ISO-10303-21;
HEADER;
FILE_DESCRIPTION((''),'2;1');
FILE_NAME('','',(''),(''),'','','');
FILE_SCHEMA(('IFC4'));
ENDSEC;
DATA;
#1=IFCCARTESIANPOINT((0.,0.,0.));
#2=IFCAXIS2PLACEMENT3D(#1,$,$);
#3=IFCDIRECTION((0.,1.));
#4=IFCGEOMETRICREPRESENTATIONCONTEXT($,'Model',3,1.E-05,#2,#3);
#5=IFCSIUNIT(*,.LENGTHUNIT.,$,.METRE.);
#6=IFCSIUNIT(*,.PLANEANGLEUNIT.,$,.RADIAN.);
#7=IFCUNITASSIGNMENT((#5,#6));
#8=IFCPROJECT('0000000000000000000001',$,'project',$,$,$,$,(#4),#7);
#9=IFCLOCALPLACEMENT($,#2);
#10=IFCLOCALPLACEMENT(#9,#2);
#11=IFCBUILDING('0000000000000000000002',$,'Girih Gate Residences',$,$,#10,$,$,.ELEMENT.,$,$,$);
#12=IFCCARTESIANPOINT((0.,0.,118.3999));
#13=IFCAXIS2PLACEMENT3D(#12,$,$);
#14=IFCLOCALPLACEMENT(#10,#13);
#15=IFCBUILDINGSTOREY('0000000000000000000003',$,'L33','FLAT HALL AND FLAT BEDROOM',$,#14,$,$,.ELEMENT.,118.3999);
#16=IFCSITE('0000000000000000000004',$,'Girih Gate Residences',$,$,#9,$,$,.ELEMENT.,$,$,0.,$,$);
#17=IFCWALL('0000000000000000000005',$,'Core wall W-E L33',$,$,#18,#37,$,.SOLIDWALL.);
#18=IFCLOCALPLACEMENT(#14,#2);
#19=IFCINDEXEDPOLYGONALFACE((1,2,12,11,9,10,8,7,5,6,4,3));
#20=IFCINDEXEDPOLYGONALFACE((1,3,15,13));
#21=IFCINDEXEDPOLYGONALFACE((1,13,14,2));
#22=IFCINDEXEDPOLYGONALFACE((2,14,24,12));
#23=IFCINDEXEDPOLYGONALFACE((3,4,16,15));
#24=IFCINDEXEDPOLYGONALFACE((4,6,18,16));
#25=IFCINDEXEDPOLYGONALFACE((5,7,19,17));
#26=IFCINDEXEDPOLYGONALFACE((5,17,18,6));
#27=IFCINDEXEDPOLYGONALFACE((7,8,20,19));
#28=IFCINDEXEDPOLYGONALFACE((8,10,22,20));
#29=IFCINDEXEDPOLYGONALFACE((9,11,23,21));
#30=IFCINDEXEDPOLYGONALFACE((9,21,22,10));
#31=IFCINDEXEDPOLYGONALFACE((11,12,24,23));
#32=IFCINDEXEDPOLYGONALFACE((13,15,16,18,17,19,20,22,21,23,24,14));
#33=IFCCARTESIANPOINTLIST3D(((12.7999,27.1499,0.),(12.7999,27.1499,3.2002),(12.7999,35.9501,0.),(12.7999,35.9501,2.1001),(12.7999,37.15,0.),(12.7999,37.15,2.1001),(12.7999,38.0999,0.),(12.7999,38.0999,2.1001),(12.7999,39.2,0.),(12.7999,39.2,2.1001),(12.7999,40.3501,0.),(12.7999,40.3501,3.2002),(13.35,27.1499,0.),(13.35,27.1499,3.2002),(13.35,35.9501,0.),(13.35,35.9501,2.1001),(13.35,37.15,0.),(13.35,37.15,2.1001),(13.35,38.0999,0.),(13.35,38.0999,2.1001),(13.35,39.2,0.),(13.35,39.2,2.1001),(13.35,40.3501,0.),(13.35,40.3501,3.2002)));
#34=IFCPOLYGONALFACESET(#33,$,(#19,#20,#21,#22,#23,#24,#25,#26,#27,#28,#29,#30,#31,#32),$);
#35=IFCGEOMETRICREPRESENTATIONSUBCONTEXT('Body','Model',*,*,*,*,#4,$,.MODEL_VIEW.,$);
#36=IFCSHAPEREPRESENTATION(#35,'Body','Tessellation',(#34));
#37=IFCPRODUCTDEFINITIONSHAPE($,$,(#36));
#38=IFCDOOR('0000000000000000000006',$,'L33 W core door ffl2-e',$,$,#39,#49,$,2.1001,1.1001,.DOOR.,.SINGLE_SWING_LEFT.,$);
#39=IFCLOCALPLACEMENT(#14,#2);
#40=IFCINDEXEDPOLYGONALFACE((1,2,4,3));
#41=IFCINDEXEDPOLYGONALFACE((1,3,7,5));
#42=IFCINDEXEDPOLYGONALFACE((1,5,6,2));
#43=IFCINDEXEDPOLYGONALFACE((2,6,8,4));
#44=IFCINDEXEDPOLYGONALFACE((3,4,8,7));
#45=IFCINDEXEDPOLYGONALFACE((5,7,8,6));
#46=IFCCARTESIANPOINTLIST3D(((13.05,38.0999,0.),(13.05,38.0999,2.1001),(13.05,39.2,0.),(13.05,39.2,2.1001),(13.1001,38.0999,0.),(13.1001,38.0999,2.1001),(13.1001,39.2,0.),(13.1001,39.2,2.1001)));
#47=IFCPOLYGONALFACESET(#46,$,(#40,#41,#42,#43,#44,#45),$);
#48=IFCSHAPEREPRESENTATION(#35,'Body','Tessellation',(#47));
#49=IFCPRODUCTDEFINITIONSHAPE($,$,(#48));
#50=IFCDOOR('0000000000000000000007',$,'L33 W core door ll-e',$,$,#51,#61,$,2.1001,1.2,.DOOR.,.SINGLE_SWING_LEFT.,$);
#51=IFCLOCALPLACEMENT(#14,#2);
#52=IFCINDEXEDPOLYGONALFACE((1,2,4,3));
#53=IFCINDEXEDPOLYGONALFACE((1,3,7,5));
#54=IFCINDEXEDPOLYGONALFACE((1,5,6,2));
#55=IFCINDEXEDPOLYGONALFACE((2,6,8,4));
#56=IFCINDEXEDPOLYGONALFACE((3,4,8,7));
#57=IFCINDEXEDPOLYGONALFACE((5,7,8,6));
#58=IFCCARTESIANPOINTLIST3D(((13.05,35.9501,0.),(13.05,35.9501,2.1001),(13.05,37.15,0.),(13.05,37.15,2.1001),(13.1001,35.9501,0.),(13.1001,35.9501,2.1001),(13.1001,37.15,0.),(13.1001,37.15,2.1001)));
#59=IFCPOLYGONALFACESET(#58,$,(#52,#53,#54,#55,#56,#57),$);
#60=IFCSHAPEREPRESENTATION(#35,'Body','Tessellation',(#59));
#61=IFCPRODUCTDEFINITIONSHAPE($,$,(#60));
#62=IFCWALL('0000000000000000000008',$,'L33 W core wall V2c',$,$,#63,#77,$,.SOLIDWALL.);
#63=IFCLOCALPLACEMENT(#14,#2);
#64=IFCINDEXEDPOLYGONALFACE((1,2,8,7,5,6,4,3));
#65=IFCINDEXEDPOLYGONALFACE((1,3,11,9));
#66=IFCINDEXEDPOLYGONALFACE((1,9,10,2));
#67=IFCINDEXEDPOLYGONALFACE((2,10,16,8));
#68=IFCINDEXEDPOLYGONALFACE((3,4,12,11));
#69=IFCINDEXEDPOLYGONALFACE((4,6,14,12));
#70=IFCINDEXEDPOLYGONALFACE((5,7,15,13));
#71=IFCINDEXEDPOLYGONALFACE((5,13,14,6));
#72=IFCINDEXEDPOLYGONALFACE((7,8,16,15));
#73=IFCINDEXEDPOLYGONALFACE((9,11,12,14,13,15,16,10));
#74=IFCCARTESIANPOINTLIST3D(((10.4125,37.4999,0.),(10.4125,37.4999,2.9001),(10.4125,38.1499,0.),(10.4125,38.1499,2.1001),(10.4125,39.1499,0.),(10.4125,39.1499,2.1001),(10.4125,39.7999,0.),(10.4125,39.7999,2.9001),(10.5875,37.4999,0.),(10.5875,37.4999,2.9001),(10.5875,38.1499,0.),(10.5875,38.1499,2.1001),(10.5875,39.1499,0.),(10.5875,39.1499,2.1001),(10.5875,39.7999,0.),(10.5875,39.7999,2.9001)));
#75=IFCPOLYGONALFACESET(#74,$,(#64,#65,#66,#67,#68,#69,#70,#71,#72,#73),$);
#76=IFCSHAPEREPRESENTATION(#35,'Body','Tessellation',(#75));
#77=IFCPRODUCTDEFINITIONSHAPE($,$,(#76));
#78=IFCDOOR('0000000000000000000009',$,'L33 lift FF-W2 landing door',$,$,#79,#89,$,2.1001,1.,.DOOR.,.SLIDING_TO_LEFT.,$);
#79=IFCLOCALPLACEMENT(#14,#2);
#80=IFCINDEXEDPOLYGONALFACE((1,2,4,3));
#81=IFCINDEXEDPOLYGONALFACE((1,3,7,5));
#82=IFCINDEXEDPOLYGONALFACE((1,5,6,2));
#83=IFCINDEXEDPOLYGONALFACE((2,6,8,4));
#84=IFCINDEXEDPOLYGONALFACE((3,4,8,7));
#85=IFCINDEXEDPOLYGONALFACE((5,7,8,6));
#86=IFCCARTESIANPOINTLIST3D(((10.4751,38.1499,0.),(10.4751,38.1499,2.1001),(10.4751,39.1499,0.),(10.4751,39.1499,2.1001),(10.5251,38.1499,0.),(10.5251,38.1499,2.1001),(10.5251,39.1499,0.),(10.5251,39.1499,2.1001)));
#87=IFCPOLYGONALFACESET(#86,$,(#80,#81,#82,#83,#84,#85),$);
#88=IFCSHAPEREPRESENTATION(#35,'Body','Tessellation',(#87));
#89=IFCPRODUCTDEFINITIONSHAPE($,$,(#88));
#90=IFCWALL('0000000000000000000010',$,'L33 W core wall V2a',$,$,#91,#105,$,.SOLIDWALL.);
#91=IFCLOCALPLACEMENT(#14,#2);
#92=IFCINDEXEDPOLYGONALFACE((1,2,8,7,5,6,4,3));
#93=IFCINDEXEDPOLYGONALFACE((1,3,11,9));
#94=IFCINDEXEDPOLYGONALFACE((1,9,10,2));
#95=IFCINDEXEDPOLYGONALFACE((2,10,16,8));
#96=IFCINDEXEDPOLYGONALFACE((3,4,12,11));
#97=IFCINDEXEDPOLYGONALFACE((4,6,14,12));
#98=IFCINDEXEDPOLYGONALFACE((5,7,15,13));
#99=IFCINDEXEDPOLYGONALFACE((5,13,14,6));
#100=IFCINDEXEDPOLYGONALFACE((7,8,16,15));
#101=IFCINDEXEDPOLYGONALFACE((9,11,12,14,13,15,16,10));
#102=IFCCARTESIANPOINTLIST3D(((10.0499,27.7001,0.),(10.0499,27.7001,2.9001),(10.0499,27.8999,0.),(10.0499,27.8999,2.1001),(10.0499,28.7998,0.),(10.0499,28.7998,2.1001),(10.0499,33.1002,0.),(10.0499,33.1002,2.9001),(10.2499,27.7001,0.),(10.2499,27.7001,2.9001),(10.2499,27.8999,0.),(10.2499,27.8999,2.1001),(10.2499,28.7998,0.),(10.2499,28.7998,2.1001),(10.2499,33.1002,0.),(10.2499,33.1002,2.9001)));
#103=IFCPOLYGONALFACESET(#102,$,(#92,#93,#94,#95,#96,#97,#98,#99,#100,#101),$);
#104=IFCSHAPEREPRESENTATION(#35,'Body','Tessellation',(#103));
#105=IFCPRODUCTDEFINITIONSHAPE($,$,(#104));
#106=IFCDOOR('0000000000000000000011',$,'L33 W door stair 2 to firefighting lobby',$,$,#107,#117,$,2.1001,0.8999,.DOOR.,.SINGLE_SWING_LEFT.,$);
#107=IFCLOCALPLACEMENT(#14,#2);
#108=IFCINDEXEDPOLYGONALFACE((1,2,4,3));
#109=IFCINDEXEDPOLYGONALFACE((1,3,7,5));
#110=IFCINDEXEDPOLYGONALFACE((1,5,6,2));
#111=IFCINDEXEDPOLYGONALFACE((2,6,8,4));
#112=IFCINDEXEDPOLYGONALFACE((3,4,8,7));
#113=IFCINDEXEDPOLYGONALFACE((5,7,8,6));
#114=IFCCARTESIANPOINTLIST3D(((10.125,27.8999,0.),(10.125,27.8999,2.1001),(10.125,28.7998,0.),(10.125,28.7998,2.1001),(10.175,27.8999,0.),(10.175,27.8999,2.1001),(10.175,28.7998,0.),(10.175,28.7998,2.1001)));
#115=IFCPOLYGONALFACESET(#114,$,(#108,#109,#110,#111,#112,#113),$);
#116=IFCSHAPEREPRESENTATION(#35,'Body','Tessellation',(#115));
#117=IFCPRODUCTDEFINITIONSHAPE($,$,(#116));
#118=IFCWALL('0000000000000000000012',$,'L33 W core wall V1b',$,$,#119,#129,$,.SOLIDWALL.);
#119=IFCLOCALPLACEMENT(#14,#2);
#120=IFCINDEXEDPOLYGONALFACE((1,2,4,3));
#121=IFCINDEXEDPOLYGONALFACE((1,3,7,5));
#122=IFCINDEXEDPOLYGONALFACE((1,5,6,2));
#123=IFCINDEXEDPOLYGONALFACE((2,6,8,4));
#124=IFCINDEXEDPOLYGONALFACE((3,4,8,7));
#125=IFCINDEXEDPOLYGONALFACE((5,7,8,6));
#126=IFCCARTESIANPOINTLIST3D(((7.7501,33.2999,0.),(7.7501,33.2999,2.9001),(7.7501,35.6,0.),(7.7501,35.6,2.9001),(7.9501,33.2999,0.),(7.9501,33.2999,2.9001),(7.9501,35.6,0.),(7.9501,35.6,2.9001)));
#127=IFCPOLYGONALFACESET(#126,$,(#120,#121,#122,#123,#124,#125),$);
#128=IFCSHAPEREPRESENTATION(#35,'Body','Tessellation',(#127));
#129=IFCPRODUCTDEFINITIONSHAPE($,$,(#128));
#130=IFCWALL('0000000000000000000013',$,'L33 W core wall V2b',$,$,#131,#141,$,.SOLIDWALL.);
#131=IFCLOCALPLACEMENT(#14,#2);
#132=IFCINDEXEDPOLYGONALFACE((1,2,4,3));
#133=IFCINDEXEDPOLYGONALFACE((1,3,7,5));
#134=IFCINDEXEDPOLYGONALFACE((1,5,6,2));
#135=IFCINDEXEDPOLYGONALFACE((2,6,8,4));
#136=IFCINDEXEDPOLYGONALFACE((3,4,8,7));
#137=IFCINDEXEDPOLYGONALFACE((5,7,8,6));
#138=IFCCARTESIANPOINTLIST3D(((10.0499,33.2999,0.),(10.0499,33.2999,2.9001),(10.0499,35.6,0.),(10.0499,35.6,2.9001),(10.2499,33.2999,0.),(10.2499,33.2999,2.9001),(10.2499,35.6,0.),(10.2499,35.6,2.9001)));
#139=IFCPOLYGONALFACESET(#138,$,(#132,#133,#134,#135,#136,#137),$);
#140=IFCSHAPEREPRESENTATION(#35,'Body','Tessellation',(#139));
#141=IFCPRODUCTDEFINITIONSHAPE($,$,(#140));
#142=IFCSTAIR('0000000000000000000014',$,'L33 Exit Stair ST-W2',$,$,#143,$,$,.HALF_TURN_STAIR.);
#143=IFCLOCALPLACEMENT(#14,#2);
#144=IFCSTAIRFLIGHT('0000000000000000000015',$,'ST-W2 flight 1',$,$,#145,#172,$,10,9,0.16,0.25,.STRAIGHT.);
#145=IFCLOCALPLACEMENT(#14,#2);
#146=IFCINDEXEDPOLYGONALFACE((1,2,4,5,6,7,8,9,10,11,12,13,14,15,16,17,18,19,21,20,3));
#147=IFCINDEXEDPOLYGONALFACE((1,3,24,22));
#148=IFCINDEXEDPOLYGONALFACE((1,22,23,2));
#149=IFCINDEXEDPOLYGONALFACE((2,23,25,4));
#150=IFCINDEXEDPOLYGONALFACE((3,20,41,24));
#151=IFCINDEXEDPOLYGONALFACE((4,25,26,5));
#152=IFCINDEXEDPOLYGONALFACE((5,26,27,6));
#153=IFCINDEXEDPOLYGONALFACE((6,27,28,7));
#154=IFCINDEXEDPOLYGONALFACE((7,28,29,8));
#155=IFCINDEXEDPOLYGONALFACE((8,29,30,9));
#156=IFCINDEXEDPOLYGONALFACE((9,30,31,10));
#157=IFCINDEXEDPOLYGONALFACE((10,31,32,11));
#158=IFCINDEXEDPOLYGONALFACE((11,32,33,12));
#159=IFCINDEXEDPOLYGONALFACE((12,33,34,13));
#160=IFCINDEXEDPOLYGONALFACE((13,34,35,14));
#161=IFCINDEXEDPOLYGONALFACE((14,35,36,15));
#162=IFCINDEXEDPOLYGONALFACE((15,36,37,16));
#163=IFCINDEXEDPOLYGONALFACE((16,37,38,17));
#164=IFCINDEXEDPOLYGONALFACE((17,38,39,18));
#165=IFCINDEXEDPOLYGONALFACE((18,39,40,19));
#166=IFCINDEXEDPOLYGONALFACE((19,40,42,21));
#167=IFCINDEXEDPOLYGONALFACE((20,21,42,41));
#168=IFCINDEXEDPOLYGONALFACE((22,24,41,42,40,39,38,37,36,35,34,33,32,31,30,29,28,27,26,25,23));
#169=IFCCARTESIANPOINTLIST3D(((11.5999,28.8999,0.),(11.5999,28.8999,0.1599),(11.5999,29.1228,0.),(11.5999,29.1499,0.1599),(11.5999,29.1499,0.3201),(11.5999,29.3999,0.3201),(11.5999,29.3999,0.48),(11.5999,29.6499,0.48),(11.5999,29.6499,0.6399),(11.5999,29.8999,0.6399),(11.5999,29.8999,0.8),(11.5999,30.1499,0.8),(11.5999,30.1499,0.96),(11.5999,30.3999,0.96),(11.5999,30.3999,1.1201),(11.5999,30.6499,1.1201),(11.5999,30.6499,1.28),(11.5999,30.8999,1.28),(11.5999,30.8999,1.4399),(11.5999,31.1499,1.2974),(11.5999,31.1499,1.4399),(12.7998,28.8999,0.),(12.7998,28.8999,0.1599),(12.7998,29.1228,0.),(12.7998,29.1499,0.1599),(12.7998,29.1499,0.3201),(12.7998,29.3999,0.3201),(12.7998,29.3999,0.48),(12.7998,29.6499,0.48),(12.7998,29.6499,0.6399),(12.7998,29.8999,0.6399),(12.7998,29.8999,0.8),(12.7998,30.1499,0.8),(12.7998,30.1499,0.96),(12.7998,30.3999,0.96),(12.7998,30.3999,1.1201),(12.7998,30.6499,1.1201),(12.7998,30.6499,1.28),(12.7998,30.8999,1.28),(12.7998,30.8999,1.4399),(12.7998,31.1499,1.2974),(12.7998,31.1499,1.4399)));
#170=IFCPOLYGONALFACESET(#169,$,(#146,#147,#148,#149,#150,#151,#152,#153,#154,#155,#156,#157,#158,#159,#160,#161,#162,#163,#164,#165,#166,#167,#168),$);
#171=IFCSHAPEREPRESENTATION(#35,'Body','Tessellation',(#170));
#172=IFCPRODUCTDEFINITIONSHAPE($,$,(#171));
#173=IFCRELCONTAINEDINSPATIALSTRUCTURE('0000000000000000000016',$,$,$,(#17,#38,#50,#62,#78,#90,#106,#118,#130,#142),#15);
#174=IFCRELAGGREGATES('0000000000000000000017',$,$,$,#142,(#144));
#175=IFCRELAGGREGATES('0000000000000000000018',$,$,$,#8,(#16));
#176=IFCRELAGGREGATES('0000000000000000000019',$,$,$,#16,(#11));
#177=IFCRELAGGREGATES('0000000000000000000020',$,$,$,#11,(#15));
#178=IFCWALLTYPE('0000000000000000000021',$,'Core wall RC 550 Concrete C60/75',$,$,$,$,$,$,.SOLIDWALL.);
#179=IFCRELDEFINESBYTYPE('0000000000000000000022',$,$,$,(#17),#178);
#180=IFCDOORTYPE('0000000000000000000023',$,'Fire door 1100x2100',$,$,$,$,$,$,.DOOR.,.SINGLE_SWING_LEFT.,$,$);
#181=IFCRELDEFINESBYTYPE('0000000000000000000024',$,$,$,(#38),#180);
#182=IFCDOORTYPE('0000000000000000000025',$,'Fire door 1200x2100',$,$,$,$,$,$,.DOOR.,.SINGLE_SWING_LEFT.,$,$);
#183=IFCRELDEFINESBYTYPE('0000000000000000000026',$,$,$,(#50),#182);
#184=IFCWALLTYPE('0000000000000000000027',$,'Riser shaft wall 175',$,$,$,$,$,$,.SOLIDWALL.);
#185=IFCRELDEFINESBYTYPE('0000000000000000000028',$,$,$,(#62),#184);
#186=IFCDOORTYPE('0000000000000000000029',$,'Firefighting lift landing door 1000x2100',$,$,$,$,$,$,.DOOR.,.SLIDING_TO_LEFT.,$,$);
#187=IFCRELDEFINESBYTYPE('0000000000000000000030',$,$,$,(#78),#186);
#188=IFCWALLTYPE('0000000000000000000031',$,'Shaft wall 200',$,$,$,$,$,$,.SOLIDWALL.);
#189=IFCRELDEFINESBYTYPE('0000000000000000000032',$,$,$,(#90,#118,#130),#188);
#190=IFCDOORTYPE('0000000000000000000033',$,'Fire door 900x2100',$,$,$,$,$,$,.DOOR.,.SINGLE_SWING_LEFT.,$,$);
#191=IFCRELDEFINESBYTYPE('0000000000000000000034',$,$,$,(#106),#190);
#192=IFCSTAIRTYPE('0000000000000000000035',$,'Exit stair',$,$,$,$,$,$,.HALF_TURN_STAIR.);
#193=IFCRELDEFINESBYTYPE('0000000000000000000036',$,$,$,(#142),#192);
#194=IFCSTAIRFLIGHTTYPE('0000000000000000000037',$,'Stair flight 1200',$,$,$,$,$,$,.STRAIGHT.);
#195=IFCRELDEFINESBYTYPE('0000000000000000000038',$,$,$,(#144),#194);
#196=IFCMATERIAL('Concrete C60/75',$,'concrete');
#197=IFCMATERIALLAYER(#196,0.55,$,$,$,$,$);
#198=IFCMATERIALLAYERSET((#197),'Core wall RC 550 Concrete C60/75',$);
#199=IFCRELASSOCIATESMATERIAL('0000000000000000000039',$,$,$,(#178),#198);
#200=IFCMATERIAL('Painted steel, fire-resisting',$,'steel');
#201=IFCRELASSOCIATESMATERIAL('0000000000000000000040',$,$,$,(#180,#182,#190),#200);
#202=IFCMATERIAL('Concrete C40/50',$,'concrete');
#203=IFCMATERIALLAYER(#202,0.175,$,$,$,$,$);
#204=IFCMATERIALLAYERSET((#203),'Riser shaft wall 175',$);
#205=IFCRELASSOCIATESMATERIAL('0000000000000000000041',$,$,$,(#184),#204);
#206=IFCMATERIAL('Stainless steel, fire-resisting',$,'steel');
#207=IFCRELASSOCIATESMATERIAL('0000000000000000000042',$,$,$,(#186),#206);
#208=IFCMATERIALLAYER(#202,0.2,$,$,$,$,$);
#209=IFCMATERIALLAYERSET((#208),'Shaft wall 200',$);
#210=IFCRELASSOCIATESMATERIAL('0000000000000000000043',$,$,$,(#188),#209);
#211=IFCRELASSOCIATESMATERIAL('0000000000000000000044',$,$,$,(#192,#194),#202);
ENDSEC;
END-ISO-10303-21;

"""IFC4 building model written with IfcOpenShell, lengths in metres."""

from ifc_helpers import new_model, si_unit, direction, frame, frame_2d, origin, place, context, subcontext, project, spatial, polyline, rectangle, outline, extrude, material, layer, layer_set, type_object, element, fill, aggregate, save


model = new_model("IFC4")

# Units and contexts
model_context = context("Model", 3, precision=1e-05, world=origin(), true_north=direction((0.0, 1.0)))
body_context = subcontext(model_context, "Body", "Model", "MODEL_VIEW")
ifc_project = project(units=[si_unit("LENGTHUNIT", "METRE"), si_unit("PLANEANGLEUNIT", "RADIAN")], contexts=[model_context])

# Site, building, storey
site_placement = place(None, origin())
site = spatial("IfcSite", under=ifc_project, at=site_placement, Name="Girih Gate Residences", CompositionType="ELEMENT", RefElevation=0.0)
building_placement = place(site_placement, origin())
building = spatial("IfcBuilding", under=site, at=building_placement, Name="Girih Gate Residences", CompositionType="ELEMENT")
storey_placement = place(building_placement, frame((0.0, 0.0, 118.3999)))
storey = spatial("IfcBuildingStorey", under=building, at=storey_placement, Name="L33", Description="FLAT HALL AND FLAT BEDROOM", CompositionType="ELEMENT", Elevation=118.3999)

# Shared definitions
ifc_material_1 = material(Name="Concrete C60/75", Category="concrete")

# Wall, openings, doors
ifc_layer_1 = layer(ifc_material_1, 0.55)
ifc_layer_set_1 = layer_set([ifc_layer_1], Name="Core wall RC 550 Concrete C60/75")
wall_type_1 = type_object("IfcWallType", Name="Core wall RC 550 Concrete C60/75", PredefinedType="SOLIDWALL", material=ifc_layer_set_1)
wall_1_placement = place(storey_placement, frame((13.075, 27.1499, 0.0), z_axis=(0.0, 0.0, 1.0), x_axis=(0.0, 1.0, 0.0)))
wall_1 = element("IfcWall", 1, at=wall_1_placement, inside=storey, type_object=wall_type_1, Name="Core wall W-E L33", PredefinedType="SOLIDWALL", context=body_context, shape_type="SweptSolid", body=[
    extrude(rectangle(XDim=13.2002, YDim=0.55, at=frame_2d((6.6001, 0.0))), origin(), (0.0, 0.0, 1.0), 3.2002),
])
opening_1_placement = place(wall_1_placement, frame((10.95, 0.0, 0.0)))
opening_1 = element("IfcOpeningElement", 2, at=opening_1_placement, cuts=wall_1, PredefinedType="OPENING", context=body_context, shape_type="SweptSolid", body=[
    extrude(rectangle(XDim=1.1001, YDim=2.1001, at=frame_2d((0.55, 1.05))), frame((0.0, 0.2849, 0.0), z_axis=(0.0, -1.0, 0.0), x_axis=(1.0, 0.0, 0.0)), (0.0, 0.0, 1.0), 0.5701),
])
opening_2_placement = place(wall_1_placement, frame((8.8, 0.0, 0.0)))
opening_2 = element("IfcOpeningElement", 3, at=opening_2_placement, cuts=wall_1, PredefinedType="OPENING", context=body_context, shape_type="SweptSolid", body=[
    extrude(rectangle(XDim=1.2, YDim=2.1001, at=frame_2d((0.6001, 1.05))), frame((0.0, 0.2849, 0.0), z_axis=(0.0, -1.0, 0.0), x_axis=(1.0, 0.0, 0.0)), (0.0, 0.0, 1.0), 0.5701),
])
ifc_material_2 = material(Name="Painted steel, fire-resisting", Category="steel")
door_type_1 = type_object("IfcDoorType", Name="Fire door 1100x2100", OperationType="SINGLE_SWING_LEFT", PredefinedType="DOOR", material=ifc_material_2)
door_1_placement = place(opening_1_placement, origin())
door_1 = element("IfcDoor", 4, at=door_1_placement, inside=storey, type_object=door_type_1, Name="L33 W core door ffl2-e", OperationType="SINGLE_SWING_LEFT", OverallHeight=2.1001, OverallWidth=1.1001, PredefinedType="DOOR", context=body_context, shape_type="SweptSolid", body=[
    extrude(rectangle(XDim=1.1001, YDim=2.1001, at=frame_2d((0.55, 1.05))), frame((0.0, 0.0249, 0.0), z_axis=(0.0, -1.0, 0.0), x_axis=(1.0, 0.0, 0.0)), (0.0, 0.0, 1.0), 0.05),
])
fill(opening_1, door_1)
door_type_2 = type_object("IfcDoorType", Name="Fire door 1200x2100", OperationType="SINGLE_SWING_LEFT", PredefinedType="DOOR", material=ifc_material_2)
door_2_placement = place(opening_2_placement, origin())
door_2 = element("IfcDoor", 5, at=door_2_placement, inside=storey, type_object=door_type_2, Name="L33 W core door ll-e", OperationType="SINGLE_SWING_LEFT", OverallHeight=2.1001, OverallWidth=1.2, PredefinedType="DOOR", context=body_context, shape_type="SweptSolid", body=[
    extrude(rectangle(XDim=1.2, YDim=2.1001, at=frame_2d((0.6001, 1.05))), frame((0.0, 0.0249, 0.0), z_axis=(0.0, -1.0, 0.0), x_axis=(1.0, 0.0, 0.0)), (0.0, 0.0, 1.0), 0.05),
])
fill(opening_2, door_2)

# Walls, openings, doors
ifc_material_3 = material(Name="Concrete C40/50", Category="concrete")
ifc_layer_2 = layer(ifc_material_3, 0.175)
ifc_layer_set_2 = layer_set([ifc_layer_2], Name="Riser shaft wall 175")
wall_type_2 = type_object("IfcWallType", Name="Riser shaft wall 175", PredefinedType="SOLIDWALL", material=ifc_layer_set_2)
wall_2_placement = place(storey_placement, frame((10.5, 37.5, 0.0), z_axis=(0.0, 0.0, 1.0), x_axis=(0.0, 1.0, 0.0)))
wall_2 = element("IfcWall", 6, at=wall_2_placement, inside=storey, type_object=wall_type_2, Name="L33 W core wall V2c", PredefinedType="SOLIDWALL", context=body_context, shape_type="SweptSolid", body=[
    extrude(rectangle(XDim=2.3, YDim=0.175, at=frame_2d((1.1499, 0.0))), origin(), (0.0, 0.0, 1.0), 2.9001),
])
opening_3_placement = place(wall_2_placement, frame((0.6499, 0.0, 0.0)))
opening_3 = element("IfcOpeningElement", 7, at=opening_3_placement, cuts=wall_2, PredefinedType="OPENING", context=body_context, shape_type="SweptSolid", body=[
    extrude(rectangle(XDim=1.0, YDim=2.1001, at=frame_2d((0.5, 1.05))), frame((0.0, 0.0974, 0.0), z_axis=(0.0, -1.0, 0.0), x_axis=(1.0, 0.0, 0.0)), (0.0, 0.0, 1.0), 0.1951),
])
ifc_material_4 = material(Name="Stainless steel, fire-resisting", Category="steel")
door_type_3 = type_object("IfcDoorType", Name="Firefighting lift landing door 1000x2100", OperationType="SLIDING_TO_LEFT", PredefinedType="DOOR", material=ifc_material_4)
door_3_placement = place(opening_3_placement, origin())
door_3 = element("IfcDoor", 8, at=door_3_placement, inside=storey, type_object=door_type_3, Name="L33 lift FF-W2 landing door", OperationType="SLIDING_TO_LEFT", OverallHeight=2.1001, OverallWidth=1.0, PredefinedType="DOOR", context=body_context, shape_type="SweptSolid", body=[
    extrude(rectangle(XDim=1.0, YDim=2.1001, at=frame_2d((0.5, 1.05))), frame((0.0, 0.0249, 0.0), z_axis=(0.0, -1.0, 0.0), x_axis=(1.0, 0.0, 0.0)), (0.0, 0.0, 1.0), 0.05),
])
fill(opening_3, door_3)
ifc_layer_3 = layer(ifc_material_3, 0.2)
ifc_layer_set_3 = layer_set([ifc_layer_3], Name="Shaft wall 200")
wall_type_3 = type_object("IfcWallType", Name="Shaft wall 200", PredefinedType="SOLIDWALL", material=ifc_layer_set_3)
wall_3_placement = place(storey_placement, frame((10.1499, 27.7, 0.0), z_axis=(0.0, 0.0, 1.0), x_axis=(0.0, 1.0, 0.0)))
wall_3 = element("IfcWall", 9, at=wall_3_placement, inside=storey, type_object=wall_type_3, Name="L33 W core wall V2a", PredefinedType="SOLIDWALL", context=body_context, shape_type="SweptSolid", body=[
    extrude(rectangle(XDim=5.4001, YDim=0.2, at=frame_2d((2.7002, 0.0))), origin(), (0.0, 0.0, 1.0), 2.9001),
])
opening_4_placement = place(wall_3_placement, frame((0.2, 0.0, 0.0)))
opening_4 = element("IfcOpeningElement", 10, at=opening_4_placement, cuts=wall_3, PredefinedType="OPENING", context=body_context, shape_type="SweptSolid", body=[
    extrude(rectangle(XDim=0.8999, YDim=2.1001, at=frame_2d((0.45, 1.05))), frame((0.0, 0.1099, 0.0), z_axis=(0.0, -1.0, 0.0), x_axis=(1.0, 0.0, 0.0)), (0.0, 0.0, 1.0), 0.22),
])
door_type_4 = type_object("IfcDoorType", Name="Fire door 900x2100", OperationType="SINGLE_SWING_LEFT", PredefinedType="DOOR", material=ifc_material_2)
door_4_placement = place(opening_4_placement, origin())
door_4 = element("IfcDoor", 11, at=door_4_placement, inside=storey, type_object=door_type_4, Name="L33 W door stair 2 to firefighting lobby", OperationType="SINGLE_SWING_LEFT", OverallHeight=2.1001, OverallWidth=0.8999, PredefinedType="DOOR", context=body_context, shape_type="SweptSolid", body=[
    extrude(rectangle(XDim=0.8999, YDim=2.1001, at=frame_2d((0.45, 1.05))), frame((0.0, 0.0249, 0.0), z_axis=(0.0, -1.0, 0.0), x_axis=(1.0, 0.0, 0.0)), (0.0, 0.0, 1.0), 0.05),
])
fill(opening_4, door_4)

# Walls
for number, where, z_axis, x_axis, name in (
    (12, (7.8501, 33.3, 0.0), (0.0, 0.0, 1.0), (0.0, 1.0, 0.0), "L33 W core wall V1b"),
    (13, (10.1499, 33.3, 0.0), (0.0, 0.0, 1.0), (0.0, 1.0, 0.0), "L33 W core wall V2b"),
):
    element("IfcWall", number, at=place(storey_placement, frame(where, z_axis=z_axis, x_axis=x_axis)), inside=storey, type_object=wall_type_3, Name=name, PredefinedType="SOLIDWALL", context=body_context, shape_type="SweptSolid", body=[
        extrude(rectangle(XDim=2.3, YDim=0.2, at=frame_2d((1.1499, 0.0))), origin(), (0.0, 0.0, 1.0), 2.9001),
    ])

# Stair, stair flight
stair_type = type_object("IfcStairType", Name="Exit stair", PredefinedType="HALF_TURN_STAIR", material=ifc_material_3)
stair_placement = place(storey_placement, origin())
stair = element("IfcStair", 14, at=stair_placement, inside=storey, type_object=stair_type, Name="L33 Exit Stair ST-W2", PredefinedType="HALF_TURN_STAIR")
stair_flight_type = type_object("IfcStairFlightType", Name="Stair flight 1200", PredefinedType="STRAIGHT", material=ifc_material_3)
stair_flight_1_placement = place(storey_placement, frame((12.2, 28.8999, 0.0), z_axis=(0.0, 0.0, 1.0), x_axis=(0.0, 1.0, 0.0)))
stair_flight_1 = element("IfcStairFlight", 15, at=stair_flight_1_placement, type_object=stair_flight_type, Name="ST-W2 flight 1", NumberOfRisers=10, NumberOfTreads=9, PredefinedType="STRAIGHT", RiserHeight=0.16, TreadLength=0.25, context=body_context, shape_type="SweptSolid", body=[
    extrude(outline(polyline([(0.0, 0.0), (0.0, 0.1599), (0.25, 0.1599), (0.25, 0.3201), (0.5, 0.3201), (0.5, 0.48), (0.75, 0.48), (0.75, 0.6399), (1.0, 0.6399), (1.0, 0.8), (1.25, 0.8), (1.25, 0.96), (1.5, 0.96), (1.5, 1.1201), (1.75, 1.1201), (1.75, 1.28), (2.0, 1.28), (2.0, 1.4399), (2.25, 1.4399), (2.25, 1.6001), (2.25, 1.2974), (0.2229, 0.0), (0.0, 0.0)])), frame((0.0, 0.6001, 0.0), z_axis=(0.0, -1.0, 0.0), x_axis=(1.0, 0.0, 0.0)), (0.0, 0.0, 1.0), 1.2),
])
aggregate(stair, [stair_flight_1])

save(model, "model.ifc")
